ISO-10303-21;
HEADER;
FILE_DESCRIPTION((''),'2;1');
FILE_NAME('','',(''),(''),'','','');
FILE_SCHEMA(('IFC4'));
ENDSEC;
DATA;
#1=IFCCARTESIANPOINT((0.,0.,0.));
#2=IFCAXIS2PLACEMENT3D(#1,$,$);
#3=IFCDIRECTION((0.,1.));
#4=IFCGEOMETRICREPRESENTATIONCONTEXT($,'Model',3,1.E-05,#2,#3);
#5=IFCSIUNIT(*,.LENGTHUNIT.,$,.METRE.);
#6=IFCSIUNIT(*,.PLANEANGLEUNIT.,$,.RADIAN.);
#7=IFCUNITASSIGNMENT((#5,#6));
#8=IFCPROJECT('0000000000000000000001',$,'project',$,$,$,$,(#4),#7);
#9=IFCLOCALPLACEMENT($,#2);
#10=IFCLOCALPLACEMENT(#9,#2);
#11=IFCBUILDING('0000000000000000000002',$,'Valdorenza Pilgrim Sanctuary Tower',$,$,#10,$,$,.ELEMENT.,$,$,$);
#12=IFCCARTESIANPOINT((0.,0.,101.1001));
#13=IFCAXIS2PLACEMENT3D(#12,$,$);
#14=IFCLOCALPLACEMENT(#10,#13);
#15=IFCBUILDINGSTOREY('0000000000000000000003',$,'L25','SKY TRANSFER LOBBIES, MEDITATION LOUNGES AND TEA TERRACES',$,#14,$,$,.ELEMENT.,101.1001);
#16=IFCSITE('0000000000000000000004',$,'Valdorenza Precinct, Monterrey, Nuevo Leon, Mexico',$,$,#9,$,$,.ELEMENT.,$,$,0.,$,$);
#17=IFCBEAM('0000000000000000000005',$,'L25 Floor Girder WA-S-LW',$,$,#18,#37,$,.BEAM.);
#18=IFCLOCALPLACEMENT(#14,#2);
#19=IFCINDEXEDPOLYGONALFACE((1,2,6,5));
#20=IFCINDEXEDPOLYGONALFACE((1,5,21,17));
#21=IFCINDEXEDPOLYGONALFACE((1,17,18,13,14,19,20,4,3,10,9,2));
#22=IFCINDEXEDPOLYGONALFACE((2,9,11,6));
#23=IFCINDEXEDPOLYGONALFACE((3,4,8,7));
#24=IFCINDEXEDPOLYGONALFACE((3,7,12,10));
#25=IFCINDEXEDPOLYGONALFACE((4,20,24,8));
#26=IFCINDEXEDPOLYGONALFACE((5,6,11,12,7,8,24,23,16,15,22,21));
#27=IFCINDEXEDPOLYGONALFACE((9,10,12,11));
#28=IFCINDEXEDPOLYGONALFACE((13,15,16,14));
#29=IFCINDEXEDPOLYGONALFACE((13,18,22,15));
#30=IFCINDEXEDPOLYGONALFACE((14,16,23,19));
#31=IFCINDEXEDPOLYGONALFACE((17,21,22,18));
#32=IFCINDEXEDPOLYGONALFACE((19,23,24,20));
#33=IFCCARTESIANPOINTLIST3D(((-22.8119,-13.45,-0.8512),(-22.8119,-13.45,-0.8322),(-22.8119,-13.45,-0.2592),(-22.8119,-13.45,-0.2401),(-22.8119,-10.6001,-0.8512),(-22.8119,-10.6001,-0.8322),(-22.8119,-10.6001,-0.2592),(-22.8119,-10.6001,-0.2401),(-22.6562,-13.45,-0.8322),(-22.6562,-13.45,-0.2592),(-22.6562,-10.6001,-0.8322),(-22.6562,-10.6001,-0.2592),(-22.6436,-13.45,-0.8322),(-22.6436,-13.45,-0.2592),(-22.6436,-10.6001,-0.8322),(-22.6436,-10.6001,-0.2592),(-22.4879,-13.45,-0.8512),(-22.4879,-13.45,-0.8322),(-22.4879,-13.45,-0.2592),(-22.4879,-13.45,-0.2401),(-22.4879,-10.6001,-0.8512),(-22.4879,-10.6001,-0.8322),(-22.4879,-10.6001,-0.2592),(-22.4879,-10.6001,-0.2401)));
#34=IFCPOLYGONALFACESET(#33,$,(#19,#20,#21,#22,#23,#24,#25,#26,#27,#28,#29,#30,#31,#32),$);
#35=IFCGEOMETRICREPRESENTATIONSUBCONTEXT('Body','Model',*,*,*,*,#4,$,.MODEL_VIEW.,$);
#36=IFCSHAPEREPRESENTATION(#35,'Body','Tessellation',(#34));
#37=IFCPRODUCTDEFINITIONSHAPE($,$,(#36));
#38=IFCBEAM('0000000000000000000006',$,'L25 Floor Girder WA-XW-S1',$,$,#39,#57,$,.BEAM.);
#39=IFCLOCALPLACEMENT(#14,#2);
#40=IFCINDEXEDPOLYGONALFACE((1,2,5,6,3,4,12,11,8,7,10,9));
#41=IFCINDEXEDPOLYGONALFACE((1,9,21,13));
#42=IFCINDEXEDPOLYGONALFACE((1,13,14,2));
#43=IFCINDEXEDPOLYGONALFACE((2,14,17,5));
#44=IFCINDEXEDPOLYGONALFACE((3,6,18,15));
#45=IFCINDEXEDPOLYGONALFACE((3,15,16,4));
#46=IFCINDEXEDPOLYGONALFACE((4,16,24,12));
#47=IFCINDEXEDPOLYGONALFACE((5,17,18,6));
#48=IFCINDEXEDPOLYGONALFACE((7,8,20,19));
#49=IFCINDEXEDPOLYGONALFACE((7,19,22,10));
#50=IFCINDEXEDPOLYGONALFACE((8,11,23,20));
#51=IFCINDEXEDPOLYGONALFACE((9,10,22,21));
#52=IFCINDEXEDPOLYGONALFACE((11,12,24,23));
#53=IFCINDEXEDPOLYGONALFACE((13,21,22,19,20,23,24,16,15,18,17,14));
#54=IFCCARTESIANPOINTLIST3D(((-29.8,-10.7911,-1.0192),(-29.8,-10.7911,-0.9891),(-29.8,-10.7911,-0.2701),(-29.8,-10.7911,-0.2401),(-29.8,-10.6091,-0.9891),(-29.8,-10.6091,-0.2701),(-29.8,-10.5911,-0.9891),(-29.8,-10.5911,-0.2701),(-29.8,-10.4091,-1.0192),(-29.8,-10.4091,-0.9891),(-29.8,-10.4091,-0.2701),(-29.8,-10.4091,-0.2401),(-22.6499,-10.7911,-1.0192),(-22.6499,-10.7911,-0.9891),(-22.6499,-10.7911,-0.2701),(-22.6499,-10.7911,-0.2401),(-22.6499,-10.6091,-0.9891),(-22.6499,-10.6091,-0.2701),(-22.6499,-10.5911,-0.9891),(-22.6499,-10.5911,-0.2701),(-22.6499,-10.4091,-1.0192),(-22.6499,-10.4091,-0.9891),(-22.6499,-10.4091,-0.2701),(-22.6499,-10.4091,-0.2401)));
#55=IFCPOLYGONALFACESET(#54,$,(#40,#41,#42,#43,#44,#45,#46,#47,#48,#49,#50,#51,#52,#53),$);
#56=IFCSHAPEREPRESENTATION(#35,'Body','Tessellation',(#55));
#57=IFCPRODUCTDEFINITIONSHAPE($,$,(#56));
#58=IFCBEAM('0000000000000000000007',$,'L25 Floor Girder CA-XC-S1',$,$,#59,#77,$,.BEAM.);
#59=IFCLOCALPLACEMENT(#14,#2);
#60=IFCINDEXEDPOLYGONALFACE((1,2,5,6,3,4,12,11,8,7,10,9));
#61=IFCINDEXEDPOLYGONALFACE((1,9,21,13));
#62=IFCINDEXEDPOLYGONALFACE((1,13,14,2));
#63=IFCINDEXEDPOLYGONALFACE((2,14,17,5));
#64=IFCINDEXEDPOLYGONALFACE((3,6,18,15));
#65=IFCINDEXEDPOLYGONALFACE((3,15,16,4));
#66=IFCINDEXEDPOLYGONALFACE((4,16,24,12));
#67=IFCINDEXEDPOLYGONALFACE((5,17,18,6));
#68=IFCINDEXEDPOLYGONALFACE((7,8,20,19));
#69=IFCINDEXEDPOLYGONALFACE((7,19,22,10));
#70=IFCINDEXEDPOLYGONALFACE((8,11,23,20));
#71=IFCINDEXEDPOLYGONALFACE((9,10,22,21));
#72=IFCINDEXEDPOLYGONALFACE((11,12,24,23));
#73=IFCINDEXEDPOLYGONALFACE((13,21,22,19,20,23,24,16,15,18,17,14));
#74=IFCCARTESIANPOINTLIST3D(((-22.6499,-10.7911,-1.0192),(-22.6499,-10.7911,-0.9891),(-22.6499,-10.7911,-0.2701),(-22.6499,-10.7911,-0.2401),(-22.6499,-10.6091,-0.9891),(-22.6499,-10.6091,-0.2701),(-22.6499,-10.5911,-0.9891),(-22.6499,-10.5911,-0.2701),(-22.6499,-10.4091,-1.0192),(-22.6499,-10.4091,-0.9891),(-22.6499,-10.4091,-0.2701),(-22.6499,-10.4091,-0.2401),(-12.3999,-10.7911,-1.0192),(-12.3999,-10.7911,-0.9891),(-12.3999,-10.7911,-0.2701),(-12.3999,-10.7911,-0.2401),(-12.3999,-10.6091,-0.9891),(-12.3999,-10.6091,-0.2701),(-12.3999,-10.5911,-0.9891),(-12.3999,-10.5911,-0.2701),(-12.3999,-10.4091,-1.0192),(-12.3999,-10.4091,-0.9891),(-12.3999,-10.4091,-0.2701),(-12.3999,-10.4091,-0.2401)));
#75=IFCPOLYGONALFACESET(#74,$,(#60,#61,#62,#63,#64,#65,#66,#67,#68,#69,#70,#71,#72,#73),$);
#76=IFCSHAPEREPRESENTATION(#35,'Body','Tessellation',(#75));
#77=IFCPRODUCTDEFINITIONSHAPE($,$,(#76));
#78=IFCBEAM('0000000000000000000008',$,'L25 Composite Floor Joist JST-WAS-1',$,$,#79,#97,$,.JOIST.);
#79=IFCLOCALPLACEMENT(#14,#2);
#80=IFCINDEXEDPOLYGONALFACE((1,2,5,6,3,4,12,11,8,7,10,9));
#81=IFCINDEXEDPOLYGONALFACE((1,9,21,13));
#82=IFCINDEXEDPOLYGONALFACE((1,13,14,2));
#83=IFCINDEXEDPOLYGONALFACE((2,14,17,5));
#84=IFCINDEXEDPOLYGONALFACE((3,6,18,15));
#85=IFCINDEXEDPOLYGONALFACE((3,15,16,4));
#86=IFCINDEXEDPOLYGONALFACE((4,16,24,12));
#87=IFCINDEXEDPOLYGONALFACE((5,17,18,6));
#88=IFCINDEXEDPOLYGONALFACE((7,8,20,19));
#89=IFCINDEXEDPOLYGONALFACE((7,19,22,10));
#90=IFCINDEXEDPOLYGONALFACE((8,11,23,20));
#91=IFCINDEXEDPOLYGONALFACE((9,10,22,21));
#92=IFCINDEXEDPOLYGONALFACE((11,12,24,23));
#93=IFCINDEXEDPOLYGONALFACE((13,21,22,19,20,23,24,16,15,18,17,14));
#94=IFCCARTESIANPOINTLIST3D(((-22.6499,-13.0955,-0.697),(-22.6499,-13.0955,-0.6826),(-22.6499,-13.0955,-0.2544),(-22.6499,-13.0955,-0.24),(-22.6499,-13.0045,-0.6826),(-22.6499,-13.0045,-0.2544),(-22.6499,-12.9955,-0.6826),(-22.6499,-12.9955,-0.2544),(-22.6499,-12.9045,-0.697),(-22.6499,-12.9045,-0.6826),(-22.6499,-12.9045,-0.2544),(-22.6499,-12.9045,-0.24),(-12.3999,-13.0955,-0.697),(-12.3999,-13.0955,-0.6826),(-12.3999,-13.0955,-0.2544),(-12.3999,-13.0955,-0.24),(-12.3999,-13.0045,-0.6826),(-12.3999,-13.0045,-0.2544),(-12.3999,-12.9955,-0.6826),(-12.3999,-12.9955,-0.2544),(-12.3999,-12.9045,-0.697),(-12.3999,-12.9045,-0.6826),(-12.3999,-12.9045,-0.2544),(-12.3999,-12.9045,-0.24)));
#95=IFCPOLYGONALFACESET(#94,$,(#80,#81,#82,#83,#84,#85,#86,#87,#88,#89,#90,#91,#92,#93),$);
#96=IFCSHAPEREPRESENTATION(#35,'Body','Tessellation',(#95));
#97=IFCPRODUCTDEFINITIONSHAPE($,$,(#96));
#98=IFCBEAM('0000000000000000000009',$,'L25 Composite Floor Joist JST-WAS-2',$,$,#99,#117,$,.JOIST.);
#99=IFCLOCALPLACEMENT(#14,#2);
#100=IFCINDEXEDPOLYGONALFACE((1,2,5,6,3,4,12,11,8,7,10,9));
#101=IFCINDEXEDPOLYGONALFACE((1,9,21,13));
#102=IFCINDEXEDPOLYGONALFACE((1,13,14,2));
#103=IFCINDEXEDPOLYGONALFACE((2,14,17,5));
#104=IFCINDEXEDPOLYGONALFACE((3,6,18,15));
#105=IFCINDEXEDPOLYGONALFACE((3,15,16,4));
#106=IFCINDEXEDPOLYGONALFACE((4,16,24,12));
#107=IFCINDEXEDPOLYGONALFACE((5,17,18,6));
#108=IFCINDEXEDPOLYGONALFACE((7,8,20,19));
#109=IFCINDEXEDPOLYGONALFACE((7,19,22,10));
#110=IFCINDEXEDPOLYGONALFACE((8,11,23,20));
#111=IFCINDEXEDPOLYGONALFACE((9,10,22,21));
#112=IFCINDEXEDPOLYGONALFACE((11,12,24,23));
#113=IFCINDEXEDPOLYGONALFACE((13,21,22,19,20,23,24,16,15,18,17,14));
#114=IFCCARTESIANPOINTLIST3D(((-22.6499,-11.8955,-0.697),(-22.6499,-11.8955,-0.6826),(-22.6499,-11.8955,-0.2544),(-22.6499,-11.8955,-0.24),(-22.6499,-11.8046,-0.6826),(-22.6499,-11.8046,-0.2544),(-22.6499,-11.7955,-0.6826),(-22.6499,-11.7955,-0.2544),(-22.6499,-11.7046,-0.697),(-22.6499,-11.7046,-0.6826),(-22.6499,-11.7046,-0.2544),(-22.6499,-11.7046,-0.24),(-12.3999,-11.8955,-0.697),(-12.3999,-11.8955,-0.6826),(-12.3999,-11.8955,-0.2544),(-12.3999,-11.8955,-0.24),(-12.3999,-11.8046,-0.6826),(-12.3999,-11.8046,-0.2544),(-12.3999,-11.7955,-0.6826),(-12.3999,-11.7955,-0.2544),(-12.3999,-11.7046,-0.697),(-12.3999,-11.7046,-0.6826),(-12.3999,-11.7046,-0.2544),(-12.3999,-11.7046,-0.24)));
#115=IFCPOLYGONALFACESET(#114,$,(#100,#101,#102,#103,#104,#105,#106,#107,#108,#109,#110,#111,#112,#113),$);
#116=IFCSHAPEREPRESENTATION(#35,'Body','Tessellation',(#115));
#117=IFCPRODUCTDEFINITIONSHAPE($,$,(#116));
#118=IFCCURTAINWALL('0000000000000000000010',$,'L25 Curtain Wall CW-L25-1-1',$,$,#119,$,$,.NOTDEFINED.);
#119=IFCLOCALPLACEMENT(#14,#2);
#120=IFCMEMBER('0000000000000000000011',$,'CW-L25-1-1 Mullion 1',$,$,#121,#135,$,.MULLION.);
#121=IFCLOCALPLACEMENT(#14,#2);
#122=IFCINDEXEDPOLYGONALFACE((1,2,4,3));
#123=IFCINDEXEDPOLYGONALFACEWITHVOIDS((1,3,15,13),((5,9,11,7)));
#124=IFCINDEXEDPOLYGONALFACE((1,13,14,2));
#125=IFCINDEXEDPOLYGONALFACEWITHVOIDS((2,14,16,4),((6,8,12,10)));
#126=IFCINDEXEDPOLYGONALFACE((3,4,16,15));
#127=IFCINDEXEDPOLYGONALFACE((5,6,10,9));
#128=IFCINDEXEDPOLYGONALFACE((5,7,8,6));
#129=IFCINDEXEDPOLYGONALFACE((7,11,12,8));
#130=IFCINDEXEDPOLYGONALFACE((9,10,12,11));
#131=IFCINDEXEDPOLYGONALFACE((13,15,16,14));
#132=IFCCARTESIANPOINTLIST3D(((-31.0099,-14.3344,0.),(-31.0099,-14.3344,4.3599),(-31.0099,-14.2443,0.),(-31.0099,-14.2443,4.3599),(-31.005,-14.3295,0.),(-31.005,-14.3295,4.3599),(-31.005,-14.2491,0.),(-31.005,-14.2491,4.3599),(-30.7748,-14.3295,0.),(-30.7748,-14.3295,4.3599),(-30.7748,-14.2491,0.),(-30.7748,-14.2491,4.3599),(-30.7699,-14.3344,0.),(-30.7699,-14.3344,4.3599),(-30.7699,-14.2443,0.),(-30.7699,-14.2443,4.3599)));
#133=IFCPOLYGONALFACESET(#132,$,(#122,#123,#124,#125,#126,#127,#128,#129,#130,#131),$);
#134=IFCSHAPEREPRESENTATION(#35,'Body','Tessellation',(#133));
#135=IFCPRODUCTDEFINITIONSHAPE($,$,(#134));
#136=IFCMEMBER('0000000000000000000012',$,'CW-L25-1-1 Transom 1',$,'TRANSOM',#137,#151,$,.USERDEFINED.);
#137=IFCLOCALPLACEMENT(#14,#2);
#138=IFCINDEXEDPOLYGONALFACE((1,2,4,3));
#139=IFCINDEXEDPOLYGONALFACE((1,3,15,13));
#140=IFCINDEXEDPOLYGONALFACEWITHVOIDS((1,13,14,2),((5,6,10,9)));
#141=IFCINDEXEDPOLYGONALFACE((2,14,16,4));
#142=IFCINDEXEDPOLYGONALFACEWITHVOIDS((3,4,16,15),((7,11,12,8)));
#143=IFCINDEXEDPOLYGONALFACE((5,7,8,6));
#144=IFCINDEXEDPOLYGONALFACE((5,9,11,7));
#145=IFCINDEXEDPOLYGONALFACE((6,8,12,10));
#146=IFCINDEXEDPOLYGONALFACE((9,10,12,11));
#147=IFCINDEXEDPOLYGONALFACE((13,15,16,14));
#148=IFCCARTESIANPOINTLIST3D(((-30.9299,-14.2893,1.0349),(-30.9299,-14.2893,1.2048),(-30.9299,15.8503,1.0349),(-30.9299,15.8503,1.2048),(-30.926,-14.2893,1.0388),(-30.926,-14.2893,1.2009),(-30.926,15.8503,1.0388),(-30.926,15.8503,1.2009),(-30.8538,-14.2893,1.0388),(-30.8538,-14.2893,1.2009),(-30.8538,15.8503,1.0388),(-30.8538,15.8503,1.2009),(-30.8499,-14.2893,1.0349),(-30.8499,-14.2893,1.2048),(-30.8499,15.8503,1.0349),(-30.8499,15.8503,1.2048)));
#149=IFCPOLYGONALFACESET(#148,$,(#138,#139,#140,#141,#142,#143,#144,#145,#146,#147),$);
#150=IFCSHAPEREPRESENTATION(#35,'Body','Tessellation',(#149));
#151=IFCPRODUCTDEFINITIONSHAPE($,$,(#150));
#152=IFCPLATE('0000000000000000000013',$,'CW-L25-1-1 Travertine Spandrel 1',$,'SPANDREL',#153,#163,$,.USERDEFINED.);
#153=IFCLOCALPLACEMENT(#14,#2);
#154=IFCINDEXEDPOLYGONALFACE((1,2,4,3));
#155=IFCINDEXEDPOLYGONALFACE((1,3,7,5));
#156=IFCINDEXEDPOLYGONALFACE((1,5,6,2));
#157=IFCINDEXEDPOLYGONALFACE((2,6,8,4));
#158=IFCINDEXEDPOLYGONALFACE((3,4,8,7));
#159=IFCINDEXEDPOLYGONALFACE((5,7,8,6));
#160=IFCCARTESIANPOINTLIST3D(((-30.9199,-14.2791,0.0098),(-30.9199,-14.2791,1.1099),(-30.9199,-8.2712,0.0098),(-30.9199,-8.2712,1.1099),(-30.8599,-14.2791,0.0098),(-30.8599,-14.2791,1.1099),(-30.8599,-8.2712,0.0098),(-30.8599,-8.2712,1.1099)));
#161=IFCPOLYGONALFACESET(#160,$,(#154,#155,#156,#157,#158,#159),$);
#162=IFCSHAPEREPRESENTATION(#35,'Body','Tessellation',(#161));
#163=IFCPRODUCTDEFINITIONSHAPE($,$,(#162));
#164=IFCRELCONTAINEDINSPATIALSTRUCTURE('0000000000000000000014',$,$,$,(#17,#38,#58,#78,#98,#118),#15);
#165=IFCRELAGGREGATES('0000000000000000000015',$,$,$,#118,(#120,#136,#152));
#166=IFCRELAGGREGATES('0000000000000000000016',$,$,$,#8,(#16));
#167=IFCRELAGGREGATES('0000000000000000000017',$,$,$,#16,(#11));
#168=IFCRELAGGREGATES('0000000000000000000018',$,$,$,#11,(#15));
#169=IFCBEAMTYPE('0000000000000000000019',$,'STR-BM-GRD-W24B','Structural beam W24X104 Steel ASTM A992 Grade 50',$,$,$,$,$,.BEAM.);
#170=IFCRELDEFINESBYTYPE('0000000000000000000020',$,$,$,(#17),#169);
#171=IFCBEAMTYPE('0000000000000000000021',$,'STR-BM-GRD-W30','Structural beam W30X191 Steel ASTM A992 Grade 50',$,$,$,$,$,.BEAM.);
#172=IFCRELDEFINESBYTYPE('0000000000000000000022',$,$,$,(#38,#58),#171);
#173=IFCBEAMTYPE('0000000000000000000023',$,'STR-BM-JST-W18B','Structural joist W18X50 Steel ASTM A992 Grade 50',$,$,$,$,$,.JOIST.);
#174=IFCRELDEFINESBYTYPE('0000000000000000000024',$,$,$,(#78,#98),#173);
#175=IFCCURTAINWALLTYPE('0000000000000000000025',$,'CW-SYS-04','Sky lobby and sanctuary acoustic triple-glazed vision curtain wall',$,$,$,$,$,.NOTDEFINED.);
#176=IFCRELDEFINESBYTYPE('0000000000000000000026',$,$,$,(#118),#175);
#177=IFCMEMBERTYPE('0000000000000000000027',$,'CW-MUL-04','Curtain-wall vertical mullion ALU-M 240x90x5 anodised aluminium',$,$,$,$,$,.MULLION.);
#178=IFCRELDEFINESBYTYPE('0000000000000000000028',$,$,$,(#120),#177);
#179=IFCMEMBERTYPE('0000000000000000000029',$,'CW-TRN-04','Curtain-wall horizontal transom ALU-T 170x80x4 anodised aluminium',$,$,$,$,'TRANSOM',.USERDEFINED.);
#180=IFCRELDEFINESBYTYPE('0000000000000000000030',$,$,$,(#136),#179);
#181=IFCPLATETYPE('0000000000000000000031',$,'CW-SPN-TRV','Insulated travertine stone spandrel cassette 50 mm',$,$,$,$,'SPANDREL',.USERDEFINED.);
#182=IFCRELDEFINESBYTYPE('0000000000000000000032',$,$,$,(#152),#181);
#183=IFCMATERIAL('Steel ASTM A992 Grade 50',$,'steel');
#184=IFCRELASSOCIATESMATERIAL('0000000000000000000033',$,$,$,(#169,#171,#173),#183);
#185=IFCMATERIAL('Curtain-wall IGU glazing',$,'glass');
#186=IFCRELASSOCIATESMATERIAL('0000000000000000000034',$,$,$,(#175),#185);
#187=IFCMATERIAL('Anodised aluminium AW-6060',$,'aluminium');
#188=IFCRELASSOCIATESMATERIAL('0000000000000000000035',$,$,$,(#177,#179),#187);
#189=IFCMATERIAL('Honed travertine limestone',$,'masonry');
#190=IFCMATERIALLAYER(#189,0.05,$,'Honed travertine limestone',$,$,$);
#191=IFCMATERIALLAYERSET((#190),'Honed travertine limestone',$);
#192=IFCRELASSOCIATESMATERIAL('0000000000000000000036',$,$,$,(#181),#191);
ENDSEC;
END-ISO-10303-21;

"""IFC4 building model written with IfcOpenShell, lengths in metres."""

from ifc_helpers import new_model, si_unit, direction, frame, origin, origin_2d, place, context, subcontext, project, spatial, rectangle, hollow_rectangle, i_section, extrude, source, transform, mapped, material, layer, layer_set, material_profile, profile_set, type_object, element, aggregate, save


model = new_model("IFC4")

# Units and contexts
model_context = context("Model", 3, precision=1e-05, world=origin(), true_north=direction((0.0, 1.0)))
body_context = subcontext(model_context, "Body", "Model", "MODEL_VIEW")
ifc_project = project(units=[si_unit("LENGTHUNIT", "METRE"), si_unit("PLANEANGLEUNIT", "RADIAN")], contexts=[model_context])

# Site, building, storey
site_placement = place(None, origin())
site = spatial("IfcSite", under=ifc_project, at=site_placement, Name="Valdorenza Precinct, Monterrey, Nuevo Leon, Mexico", CompositionType="ELEMENT", RefElevation=0.0)
building_placement = place(site_placement, origin())
building = spatial("IfcBuilding", under=site, at=building_placement, Name="Valdorenza Pilgrim Sanctuary Tower", CompositionType="ELEMENT")
storey_placement = place(building_placement, frame((0.0, 0.0, 101.1001)))
storey = spatial("IfcBuildingStorey", under=building, at=storey_placement, Name="L25", Description="SKY TRANSFER LOBBIES, MEDITATION LOUNGES AND TEA TERRACES", CompositionType="ELEMENT", Elevation=101.1001)

# Shared definitions
ifc_material_1 = material(Name="Steel ASTM A992 Grade 50", Category="steel")

# Beams
ifc_material_profile_1 = material_profile(ifc_material_1, i_section(OverallWidth=0.324, OverallDepth=0.6111, WebThickness=0.0127, FlangeThickness=0.019, at=origin_2d()), Name="W24X104")
ifc_profile_set_1 = profile_set([ifc_material_profile_1], Name="Steel ASTM A992 Grade 50")
beam_type_1 = type_object("IfcBeamType", Name="STR-BM-GRD-W24B", Description="Structural beam W24X104 Steel ASTM A992 Grade 50", PredefinedType="BEAM", material=ifc_profile_set_1)
shared_shape_1 = source(origin(), body_context, "Body", "SweptSolid", [
    extrude(i_section(OverallWidth=0.324, OverallDepth=0.6111, WebThickness=0.0127, FlangeThickness=0.019, at=origin_2d()), origin(), (0.0, 0.0, 1.0), 2.8499),
])
beam_1_placement = place(storey_placement, frame((-22.6499, -13.45, -0.5457), z_axis=(0.0, 1.0, 0.0), x_axis=(-1.0, 0.0, 0.0)))
element("IfcBeam", 1, at=beam_1_placement, inside=storey, type_object=beam_type_1, Name="L25 Floor Girder WA-S-LW", PredefinedType="BEAM", context=body_context, shape_type="MappedRepresentation", body=[
    mapped(shared_shape_1, transform((0.0, 0.0, 0.0), x_axis=(1.0, 0.0, 0.0), y_axis=(0.0, 1.0, 0.0), z_axis=(0.0, 0.0, 1.0), scale=1.0)),
])
ifc_material_profile_2 = material_profile(ifc_material_1, i_section(OverallWidth=0.3821, OverallDepth=0.7791, WebThickness=0.0181, FlangeThickness=0.03, at=origin_2d()), Name="W30X191")
ifc_profile_set_2 = profile_set([ifc_material_profile_2], Name="Steel ASTM A992 Grade 50")
beam_type_2 = type_object("IfcBeamType", Name="STR-BM-GRD-W30", Description="Structural beam W30X191 Steel ASTM A992 Grade 50", PredefinedType="BEAM", material=ifc_profile_set_2)
shared_shape_2 = source(origin(), body_context, "Body", "SweptSolid", [
    extrude(i_section(OverallWidth=0.3821, OverallDepth=0.7791, WebThickness=0.0181, FlangeThickness=0.03, at=origin_2d()), origin(), (0.0, 0.0, 1.0), 7.1501),
])
beam_2_placement = place(storey_placement, frame((-29.8, -10.6001, -0.6296), z_axis=(1.0, 0.0, 0.0), x_axis=(0.0, 1.0, 0.0)))
element("IfcBeam", 2, at=beam_2_placement, inside=storey, type_object=beam_type_2, Name="L25 Floor Girder WA-XW-S1", PredefinedType="BEAM", context=body_context, shape_type="MappedRepresentation", body=[
    mapped(shared_shape_2, transform((0.0, 0.0, 0.0), x_axis=(1.0, 0.0, 0.0), y_axis=(0.0, 1.0, 0.0), z_axis=(0.0, 0.0, 1.0), scale=1.0)),
])
shared_shape_3 = source(origin(), body_context, "Body", "SweptSolid", [
    extrude(i_section(OverallWidth=0.3821, OverallDepth=0.7791, WebThickness=0.0181, FlangeThickness=0.03, at=origin_2d()), origin(), (0.0, 0.0, 1.0), 10.25),
])
beam_3_placement = place(storey_placement, frame((-22.6499, -10.6001, -0.6296), z_axis=(1.0, 0.0, 0.0), x_axis=(0.0, 1.0, 0.0)))
element("IfcBeam", 3, at=beam_3_placement, inside=storey, type_object=beam_type_2, Name="L25 Floor Girder CA-XC-S1", PredefinedType="BEAM", context=body_context, shape_type="MappedRepresentation", body=[
    mapped(shared_shape_3, transform((0.0, 0.0, 0.0), x_axis=(1.0, 0.0, 0.0), y_axis=(0.0, 1.0, 0.0), z_axis=(0.0, 0.0, 1.0), scale=1.0)),
])
ifc_material_profile_3 = material_profile(ifc_material_1, i_section(OverallWidth=0.1909, OverallDepth=0.457, WebThickness=0.009, FlangeThickness=0.0144, at=origin_2d()), Name="W18X50")
ifc_profile_set_3 = profile_set([ifc_material_profile_3], Name="Steel ASTM A992 Grade 50")
beam_type_3 = type_object("IfcBeamType", Name="STR-BM-JST-W18B", Description="Structural joist W18X50 Steel ASTM A992 Grade 50", PredefinedType="JOIST", material=ifc_profile_set_3)
shared_shape_4 = source(origin(), body_context, "Body", "SweptSolid", [
    extrude(i_section(OverallWidth=0.1909, OverallDepth=0.457, WebThickness=0.009, FlangeThickness=0.0144, at=origin_2d()), origin(), (0.0, 0.0, 1.0), 10.25),
])
for number, where, z_axis, x_axis, name in (
    (4, (-22.6499, -13.0, -0.4685), (1.0, 0.0, 0.0), (0.0, 1.0, 0.0), "L25 Composite Floor Joist JST-WAS-1"),
    (5, (-22.6499, -11.8, -0.4685), (1.0, 0.0, 0.0), (0.0, 1.0, 0.0), "L25 Composite Floor Joist JST-WAS-2"),
):
    element("IfcBeam", number, at=place(storey_placement, frame(where, z_axis=z_axis, x_axis=x_axis)), inside=storey, type_object=beam_type_3, Name=name, PredefinedType="JOIST", context=body_context, shape_type="MappedRepresentation", body=[
        mapped(shared_shape_4, transform((0.0, 0.0, 0.0), x_axis=(1.0, 0.0, 0.0), y_axis=(0.0, 1.0, 0.0), z_axis=(0.0, 0.0, 1.0), scale=1.0)),
    ])

# Curtain wall, members, plate
ifc_material_2 = material(Name="Curtain-wall IGU glazing", Category="glass")
curtain_wall_type = type_object("IfcCurtainWallType", Name="CW-SYS-04", Description="Sky lobby and sanctuary acoustic triple-glazed vision curtain wall", PredefinedType="NOTDEFINED", material=ifc_material_2)
curtain_wall_placement = place(storey_placement, origin())
curtain_wall = element("IfcCurtainWall", 6, at=curtain_wall_placement, inside=storey, type_object=curtain_wall_type, Name="L25 Curtain Wall CW-L25-1-1", PredefinedType="NOTDEFINED")
ifc_material_3 = material(Name="Anodised aluminium AW-6060", Category="aluminium")
ifc_material_profile_4 = material_profile(ifc_material_3, hollow_rectangle(XDim=0.0901, YDim=0.24, WallThickness=0.0049, at=origin_2d()), Name="ALU-M 240x90x5")
ifc_profile_set_4 = profile_set([ifc_material_profile_4], Name="Anodised aluminium AW-6060")
member_type_1 = type_object("IfcMemberType", Name="CW-MUL-04", Description="Curtain-wall vertical mullion ALU-M 240x90x5 anodised aluminium", PredefinedType="MULLION", material=ifc_profile_set_4)
shared_shape_5 = source(origin(), body_context, "Body", "SweptSolid", [
    extrude(hollow_rectangle(XDim=0.0901, YDim=0.24, WallThickness=0.0049, at=origin_2d()), origin(), (0.0, 0.0, 1.0), 4.3599),
])
member_1_placement = place(storey_placement, frame((-30.8899, -14.2893, 0.0), z_axis=(0.0, 0.0, 1.0), x_axis=(0.0, 1.0, 0.0)))
member_1 = element("IfcMember", 7, at=member_1_placement, type_object=member_type_1, Name="CW-L25-1-1 Mullion 1", PredefinedType="MULLION", context=body_context, shape_type="MappedRepresentation", body=[
    mapped(shared_shape_5, transform((0.0, 0.0, 0.0), x_axis=(1.0, 0.0, 0.0), y_axis=(0.0, 1.0, 0.0), z_axis=(0.0, 0.0, 1.0), scale=1.0)),
])
ifc_material_profile_5 = material_profile(ifc_material_3, hollow_rectangle(XDim=0.0801, YDim=0.1699, WallThickness=0.0039, at=origin_2d()), Name="ALU-T 170x80x4")
ifc_profile_set_5 = profile_set([ifc_material_profile_5], Name="Anodised aluminium AW-6060")
member_type_2 = type_object("IfcMemberType", Name="CW-TRN-04", Description="Curtain-wall horizontal transom ALU-T 170x80x4 anodised aluminium", ElementType="TRANSOM", PredefinedType="USERDEFINED", material=ifc_profile_set_5)
shared_shape_6 = source(origin(), body_context, "Body", "SweptSolid", [
    extrude(hollow_rectangle(XDim=0.0801, YDim=0.1699, WallThickness=0.0039, at=origin_2d()), origin(), (0.0, 0.0, 1.0), 30.1396),
])
member_2_placement = place(storey_placement, frame((-30.8899, -14.2893, 1.1199), z_axis=(0.0, 1.0, 0.0), x_axis=(-1.0, 0.0, 0.0)))
member_2 = element("IfcMember", 8, at=member_2_placement, type_object=member_type_2, Name="CW-L25-1-1 Transom 1", ObjectType="TRANSOM", PredefinedType="USERDEFINED", context=body_context, shape_type="MappedRepresentation", body=[
    mapped(shared_shape_6, transform((0.0, 0.0, 0.0), x_axis=(1.0, 0.0, 0.0), y_axis=(0.0, 1.0, 0.0), z_axis=(0.0, 0.0, 1.0), scale=1.0)),
])
ifc_material_4 = material(Name="Honed travertine limestone", Category="masonry")
ifc_layer_1 = layer(ifc_material_4, 0.05, Name="Honed travertine limestone")
ifc_layer_set_1 = layer_set([ifc_layer_1], Name="Honed travertine limestone")
plate_type_1 = type_object("IfcPlateType", Name="CW-SPN-TRV", Description="Insulated travertine stone spandrel cassette 50 mm", ElementType="SPANDREL", PredefinedType="USERDEFINED", material=ifc_layer_set_1)
shared_shape_7 = source(origin(), body_context, "Body", "SweptSolid", [
    extrude(rectangle(XDim=6.0078, YDim=0.0601, at=origin_2d()), origin(), (0.0, 0.0, 1.0), 1.1001),
])
plate_1_placement = place(storey_placement, frame((-30.8899, -11.2751, 0.0098), z_axis=(0.0, 0.0, 1.0), x_axis=(0.0, 1.0, 0.0)))
plate_1 = element("IfcPlate", 9, at=plate_1_placement, type_object=plate_type_1, Name="CW-L25-1-1 Travertine Spandrel 1", ObjectType="SPANDREL", PredefinedType="USERDEFINED", context=body_context, shape_type="MappedRepresentation", body=[
    mapped(shared_shape_7, transform((0.0, 0.0, 0.0), x_axis=(1.0, 0.0, 0.0), y_axis=(0.0, 1.0, 0.0), z_axis=(0.0, 0.0, 1.0), scale=1.0)),
])
aggregate(curtain_wall, [member_1, member_2, plate_1])

save(model, "model.ifc")
